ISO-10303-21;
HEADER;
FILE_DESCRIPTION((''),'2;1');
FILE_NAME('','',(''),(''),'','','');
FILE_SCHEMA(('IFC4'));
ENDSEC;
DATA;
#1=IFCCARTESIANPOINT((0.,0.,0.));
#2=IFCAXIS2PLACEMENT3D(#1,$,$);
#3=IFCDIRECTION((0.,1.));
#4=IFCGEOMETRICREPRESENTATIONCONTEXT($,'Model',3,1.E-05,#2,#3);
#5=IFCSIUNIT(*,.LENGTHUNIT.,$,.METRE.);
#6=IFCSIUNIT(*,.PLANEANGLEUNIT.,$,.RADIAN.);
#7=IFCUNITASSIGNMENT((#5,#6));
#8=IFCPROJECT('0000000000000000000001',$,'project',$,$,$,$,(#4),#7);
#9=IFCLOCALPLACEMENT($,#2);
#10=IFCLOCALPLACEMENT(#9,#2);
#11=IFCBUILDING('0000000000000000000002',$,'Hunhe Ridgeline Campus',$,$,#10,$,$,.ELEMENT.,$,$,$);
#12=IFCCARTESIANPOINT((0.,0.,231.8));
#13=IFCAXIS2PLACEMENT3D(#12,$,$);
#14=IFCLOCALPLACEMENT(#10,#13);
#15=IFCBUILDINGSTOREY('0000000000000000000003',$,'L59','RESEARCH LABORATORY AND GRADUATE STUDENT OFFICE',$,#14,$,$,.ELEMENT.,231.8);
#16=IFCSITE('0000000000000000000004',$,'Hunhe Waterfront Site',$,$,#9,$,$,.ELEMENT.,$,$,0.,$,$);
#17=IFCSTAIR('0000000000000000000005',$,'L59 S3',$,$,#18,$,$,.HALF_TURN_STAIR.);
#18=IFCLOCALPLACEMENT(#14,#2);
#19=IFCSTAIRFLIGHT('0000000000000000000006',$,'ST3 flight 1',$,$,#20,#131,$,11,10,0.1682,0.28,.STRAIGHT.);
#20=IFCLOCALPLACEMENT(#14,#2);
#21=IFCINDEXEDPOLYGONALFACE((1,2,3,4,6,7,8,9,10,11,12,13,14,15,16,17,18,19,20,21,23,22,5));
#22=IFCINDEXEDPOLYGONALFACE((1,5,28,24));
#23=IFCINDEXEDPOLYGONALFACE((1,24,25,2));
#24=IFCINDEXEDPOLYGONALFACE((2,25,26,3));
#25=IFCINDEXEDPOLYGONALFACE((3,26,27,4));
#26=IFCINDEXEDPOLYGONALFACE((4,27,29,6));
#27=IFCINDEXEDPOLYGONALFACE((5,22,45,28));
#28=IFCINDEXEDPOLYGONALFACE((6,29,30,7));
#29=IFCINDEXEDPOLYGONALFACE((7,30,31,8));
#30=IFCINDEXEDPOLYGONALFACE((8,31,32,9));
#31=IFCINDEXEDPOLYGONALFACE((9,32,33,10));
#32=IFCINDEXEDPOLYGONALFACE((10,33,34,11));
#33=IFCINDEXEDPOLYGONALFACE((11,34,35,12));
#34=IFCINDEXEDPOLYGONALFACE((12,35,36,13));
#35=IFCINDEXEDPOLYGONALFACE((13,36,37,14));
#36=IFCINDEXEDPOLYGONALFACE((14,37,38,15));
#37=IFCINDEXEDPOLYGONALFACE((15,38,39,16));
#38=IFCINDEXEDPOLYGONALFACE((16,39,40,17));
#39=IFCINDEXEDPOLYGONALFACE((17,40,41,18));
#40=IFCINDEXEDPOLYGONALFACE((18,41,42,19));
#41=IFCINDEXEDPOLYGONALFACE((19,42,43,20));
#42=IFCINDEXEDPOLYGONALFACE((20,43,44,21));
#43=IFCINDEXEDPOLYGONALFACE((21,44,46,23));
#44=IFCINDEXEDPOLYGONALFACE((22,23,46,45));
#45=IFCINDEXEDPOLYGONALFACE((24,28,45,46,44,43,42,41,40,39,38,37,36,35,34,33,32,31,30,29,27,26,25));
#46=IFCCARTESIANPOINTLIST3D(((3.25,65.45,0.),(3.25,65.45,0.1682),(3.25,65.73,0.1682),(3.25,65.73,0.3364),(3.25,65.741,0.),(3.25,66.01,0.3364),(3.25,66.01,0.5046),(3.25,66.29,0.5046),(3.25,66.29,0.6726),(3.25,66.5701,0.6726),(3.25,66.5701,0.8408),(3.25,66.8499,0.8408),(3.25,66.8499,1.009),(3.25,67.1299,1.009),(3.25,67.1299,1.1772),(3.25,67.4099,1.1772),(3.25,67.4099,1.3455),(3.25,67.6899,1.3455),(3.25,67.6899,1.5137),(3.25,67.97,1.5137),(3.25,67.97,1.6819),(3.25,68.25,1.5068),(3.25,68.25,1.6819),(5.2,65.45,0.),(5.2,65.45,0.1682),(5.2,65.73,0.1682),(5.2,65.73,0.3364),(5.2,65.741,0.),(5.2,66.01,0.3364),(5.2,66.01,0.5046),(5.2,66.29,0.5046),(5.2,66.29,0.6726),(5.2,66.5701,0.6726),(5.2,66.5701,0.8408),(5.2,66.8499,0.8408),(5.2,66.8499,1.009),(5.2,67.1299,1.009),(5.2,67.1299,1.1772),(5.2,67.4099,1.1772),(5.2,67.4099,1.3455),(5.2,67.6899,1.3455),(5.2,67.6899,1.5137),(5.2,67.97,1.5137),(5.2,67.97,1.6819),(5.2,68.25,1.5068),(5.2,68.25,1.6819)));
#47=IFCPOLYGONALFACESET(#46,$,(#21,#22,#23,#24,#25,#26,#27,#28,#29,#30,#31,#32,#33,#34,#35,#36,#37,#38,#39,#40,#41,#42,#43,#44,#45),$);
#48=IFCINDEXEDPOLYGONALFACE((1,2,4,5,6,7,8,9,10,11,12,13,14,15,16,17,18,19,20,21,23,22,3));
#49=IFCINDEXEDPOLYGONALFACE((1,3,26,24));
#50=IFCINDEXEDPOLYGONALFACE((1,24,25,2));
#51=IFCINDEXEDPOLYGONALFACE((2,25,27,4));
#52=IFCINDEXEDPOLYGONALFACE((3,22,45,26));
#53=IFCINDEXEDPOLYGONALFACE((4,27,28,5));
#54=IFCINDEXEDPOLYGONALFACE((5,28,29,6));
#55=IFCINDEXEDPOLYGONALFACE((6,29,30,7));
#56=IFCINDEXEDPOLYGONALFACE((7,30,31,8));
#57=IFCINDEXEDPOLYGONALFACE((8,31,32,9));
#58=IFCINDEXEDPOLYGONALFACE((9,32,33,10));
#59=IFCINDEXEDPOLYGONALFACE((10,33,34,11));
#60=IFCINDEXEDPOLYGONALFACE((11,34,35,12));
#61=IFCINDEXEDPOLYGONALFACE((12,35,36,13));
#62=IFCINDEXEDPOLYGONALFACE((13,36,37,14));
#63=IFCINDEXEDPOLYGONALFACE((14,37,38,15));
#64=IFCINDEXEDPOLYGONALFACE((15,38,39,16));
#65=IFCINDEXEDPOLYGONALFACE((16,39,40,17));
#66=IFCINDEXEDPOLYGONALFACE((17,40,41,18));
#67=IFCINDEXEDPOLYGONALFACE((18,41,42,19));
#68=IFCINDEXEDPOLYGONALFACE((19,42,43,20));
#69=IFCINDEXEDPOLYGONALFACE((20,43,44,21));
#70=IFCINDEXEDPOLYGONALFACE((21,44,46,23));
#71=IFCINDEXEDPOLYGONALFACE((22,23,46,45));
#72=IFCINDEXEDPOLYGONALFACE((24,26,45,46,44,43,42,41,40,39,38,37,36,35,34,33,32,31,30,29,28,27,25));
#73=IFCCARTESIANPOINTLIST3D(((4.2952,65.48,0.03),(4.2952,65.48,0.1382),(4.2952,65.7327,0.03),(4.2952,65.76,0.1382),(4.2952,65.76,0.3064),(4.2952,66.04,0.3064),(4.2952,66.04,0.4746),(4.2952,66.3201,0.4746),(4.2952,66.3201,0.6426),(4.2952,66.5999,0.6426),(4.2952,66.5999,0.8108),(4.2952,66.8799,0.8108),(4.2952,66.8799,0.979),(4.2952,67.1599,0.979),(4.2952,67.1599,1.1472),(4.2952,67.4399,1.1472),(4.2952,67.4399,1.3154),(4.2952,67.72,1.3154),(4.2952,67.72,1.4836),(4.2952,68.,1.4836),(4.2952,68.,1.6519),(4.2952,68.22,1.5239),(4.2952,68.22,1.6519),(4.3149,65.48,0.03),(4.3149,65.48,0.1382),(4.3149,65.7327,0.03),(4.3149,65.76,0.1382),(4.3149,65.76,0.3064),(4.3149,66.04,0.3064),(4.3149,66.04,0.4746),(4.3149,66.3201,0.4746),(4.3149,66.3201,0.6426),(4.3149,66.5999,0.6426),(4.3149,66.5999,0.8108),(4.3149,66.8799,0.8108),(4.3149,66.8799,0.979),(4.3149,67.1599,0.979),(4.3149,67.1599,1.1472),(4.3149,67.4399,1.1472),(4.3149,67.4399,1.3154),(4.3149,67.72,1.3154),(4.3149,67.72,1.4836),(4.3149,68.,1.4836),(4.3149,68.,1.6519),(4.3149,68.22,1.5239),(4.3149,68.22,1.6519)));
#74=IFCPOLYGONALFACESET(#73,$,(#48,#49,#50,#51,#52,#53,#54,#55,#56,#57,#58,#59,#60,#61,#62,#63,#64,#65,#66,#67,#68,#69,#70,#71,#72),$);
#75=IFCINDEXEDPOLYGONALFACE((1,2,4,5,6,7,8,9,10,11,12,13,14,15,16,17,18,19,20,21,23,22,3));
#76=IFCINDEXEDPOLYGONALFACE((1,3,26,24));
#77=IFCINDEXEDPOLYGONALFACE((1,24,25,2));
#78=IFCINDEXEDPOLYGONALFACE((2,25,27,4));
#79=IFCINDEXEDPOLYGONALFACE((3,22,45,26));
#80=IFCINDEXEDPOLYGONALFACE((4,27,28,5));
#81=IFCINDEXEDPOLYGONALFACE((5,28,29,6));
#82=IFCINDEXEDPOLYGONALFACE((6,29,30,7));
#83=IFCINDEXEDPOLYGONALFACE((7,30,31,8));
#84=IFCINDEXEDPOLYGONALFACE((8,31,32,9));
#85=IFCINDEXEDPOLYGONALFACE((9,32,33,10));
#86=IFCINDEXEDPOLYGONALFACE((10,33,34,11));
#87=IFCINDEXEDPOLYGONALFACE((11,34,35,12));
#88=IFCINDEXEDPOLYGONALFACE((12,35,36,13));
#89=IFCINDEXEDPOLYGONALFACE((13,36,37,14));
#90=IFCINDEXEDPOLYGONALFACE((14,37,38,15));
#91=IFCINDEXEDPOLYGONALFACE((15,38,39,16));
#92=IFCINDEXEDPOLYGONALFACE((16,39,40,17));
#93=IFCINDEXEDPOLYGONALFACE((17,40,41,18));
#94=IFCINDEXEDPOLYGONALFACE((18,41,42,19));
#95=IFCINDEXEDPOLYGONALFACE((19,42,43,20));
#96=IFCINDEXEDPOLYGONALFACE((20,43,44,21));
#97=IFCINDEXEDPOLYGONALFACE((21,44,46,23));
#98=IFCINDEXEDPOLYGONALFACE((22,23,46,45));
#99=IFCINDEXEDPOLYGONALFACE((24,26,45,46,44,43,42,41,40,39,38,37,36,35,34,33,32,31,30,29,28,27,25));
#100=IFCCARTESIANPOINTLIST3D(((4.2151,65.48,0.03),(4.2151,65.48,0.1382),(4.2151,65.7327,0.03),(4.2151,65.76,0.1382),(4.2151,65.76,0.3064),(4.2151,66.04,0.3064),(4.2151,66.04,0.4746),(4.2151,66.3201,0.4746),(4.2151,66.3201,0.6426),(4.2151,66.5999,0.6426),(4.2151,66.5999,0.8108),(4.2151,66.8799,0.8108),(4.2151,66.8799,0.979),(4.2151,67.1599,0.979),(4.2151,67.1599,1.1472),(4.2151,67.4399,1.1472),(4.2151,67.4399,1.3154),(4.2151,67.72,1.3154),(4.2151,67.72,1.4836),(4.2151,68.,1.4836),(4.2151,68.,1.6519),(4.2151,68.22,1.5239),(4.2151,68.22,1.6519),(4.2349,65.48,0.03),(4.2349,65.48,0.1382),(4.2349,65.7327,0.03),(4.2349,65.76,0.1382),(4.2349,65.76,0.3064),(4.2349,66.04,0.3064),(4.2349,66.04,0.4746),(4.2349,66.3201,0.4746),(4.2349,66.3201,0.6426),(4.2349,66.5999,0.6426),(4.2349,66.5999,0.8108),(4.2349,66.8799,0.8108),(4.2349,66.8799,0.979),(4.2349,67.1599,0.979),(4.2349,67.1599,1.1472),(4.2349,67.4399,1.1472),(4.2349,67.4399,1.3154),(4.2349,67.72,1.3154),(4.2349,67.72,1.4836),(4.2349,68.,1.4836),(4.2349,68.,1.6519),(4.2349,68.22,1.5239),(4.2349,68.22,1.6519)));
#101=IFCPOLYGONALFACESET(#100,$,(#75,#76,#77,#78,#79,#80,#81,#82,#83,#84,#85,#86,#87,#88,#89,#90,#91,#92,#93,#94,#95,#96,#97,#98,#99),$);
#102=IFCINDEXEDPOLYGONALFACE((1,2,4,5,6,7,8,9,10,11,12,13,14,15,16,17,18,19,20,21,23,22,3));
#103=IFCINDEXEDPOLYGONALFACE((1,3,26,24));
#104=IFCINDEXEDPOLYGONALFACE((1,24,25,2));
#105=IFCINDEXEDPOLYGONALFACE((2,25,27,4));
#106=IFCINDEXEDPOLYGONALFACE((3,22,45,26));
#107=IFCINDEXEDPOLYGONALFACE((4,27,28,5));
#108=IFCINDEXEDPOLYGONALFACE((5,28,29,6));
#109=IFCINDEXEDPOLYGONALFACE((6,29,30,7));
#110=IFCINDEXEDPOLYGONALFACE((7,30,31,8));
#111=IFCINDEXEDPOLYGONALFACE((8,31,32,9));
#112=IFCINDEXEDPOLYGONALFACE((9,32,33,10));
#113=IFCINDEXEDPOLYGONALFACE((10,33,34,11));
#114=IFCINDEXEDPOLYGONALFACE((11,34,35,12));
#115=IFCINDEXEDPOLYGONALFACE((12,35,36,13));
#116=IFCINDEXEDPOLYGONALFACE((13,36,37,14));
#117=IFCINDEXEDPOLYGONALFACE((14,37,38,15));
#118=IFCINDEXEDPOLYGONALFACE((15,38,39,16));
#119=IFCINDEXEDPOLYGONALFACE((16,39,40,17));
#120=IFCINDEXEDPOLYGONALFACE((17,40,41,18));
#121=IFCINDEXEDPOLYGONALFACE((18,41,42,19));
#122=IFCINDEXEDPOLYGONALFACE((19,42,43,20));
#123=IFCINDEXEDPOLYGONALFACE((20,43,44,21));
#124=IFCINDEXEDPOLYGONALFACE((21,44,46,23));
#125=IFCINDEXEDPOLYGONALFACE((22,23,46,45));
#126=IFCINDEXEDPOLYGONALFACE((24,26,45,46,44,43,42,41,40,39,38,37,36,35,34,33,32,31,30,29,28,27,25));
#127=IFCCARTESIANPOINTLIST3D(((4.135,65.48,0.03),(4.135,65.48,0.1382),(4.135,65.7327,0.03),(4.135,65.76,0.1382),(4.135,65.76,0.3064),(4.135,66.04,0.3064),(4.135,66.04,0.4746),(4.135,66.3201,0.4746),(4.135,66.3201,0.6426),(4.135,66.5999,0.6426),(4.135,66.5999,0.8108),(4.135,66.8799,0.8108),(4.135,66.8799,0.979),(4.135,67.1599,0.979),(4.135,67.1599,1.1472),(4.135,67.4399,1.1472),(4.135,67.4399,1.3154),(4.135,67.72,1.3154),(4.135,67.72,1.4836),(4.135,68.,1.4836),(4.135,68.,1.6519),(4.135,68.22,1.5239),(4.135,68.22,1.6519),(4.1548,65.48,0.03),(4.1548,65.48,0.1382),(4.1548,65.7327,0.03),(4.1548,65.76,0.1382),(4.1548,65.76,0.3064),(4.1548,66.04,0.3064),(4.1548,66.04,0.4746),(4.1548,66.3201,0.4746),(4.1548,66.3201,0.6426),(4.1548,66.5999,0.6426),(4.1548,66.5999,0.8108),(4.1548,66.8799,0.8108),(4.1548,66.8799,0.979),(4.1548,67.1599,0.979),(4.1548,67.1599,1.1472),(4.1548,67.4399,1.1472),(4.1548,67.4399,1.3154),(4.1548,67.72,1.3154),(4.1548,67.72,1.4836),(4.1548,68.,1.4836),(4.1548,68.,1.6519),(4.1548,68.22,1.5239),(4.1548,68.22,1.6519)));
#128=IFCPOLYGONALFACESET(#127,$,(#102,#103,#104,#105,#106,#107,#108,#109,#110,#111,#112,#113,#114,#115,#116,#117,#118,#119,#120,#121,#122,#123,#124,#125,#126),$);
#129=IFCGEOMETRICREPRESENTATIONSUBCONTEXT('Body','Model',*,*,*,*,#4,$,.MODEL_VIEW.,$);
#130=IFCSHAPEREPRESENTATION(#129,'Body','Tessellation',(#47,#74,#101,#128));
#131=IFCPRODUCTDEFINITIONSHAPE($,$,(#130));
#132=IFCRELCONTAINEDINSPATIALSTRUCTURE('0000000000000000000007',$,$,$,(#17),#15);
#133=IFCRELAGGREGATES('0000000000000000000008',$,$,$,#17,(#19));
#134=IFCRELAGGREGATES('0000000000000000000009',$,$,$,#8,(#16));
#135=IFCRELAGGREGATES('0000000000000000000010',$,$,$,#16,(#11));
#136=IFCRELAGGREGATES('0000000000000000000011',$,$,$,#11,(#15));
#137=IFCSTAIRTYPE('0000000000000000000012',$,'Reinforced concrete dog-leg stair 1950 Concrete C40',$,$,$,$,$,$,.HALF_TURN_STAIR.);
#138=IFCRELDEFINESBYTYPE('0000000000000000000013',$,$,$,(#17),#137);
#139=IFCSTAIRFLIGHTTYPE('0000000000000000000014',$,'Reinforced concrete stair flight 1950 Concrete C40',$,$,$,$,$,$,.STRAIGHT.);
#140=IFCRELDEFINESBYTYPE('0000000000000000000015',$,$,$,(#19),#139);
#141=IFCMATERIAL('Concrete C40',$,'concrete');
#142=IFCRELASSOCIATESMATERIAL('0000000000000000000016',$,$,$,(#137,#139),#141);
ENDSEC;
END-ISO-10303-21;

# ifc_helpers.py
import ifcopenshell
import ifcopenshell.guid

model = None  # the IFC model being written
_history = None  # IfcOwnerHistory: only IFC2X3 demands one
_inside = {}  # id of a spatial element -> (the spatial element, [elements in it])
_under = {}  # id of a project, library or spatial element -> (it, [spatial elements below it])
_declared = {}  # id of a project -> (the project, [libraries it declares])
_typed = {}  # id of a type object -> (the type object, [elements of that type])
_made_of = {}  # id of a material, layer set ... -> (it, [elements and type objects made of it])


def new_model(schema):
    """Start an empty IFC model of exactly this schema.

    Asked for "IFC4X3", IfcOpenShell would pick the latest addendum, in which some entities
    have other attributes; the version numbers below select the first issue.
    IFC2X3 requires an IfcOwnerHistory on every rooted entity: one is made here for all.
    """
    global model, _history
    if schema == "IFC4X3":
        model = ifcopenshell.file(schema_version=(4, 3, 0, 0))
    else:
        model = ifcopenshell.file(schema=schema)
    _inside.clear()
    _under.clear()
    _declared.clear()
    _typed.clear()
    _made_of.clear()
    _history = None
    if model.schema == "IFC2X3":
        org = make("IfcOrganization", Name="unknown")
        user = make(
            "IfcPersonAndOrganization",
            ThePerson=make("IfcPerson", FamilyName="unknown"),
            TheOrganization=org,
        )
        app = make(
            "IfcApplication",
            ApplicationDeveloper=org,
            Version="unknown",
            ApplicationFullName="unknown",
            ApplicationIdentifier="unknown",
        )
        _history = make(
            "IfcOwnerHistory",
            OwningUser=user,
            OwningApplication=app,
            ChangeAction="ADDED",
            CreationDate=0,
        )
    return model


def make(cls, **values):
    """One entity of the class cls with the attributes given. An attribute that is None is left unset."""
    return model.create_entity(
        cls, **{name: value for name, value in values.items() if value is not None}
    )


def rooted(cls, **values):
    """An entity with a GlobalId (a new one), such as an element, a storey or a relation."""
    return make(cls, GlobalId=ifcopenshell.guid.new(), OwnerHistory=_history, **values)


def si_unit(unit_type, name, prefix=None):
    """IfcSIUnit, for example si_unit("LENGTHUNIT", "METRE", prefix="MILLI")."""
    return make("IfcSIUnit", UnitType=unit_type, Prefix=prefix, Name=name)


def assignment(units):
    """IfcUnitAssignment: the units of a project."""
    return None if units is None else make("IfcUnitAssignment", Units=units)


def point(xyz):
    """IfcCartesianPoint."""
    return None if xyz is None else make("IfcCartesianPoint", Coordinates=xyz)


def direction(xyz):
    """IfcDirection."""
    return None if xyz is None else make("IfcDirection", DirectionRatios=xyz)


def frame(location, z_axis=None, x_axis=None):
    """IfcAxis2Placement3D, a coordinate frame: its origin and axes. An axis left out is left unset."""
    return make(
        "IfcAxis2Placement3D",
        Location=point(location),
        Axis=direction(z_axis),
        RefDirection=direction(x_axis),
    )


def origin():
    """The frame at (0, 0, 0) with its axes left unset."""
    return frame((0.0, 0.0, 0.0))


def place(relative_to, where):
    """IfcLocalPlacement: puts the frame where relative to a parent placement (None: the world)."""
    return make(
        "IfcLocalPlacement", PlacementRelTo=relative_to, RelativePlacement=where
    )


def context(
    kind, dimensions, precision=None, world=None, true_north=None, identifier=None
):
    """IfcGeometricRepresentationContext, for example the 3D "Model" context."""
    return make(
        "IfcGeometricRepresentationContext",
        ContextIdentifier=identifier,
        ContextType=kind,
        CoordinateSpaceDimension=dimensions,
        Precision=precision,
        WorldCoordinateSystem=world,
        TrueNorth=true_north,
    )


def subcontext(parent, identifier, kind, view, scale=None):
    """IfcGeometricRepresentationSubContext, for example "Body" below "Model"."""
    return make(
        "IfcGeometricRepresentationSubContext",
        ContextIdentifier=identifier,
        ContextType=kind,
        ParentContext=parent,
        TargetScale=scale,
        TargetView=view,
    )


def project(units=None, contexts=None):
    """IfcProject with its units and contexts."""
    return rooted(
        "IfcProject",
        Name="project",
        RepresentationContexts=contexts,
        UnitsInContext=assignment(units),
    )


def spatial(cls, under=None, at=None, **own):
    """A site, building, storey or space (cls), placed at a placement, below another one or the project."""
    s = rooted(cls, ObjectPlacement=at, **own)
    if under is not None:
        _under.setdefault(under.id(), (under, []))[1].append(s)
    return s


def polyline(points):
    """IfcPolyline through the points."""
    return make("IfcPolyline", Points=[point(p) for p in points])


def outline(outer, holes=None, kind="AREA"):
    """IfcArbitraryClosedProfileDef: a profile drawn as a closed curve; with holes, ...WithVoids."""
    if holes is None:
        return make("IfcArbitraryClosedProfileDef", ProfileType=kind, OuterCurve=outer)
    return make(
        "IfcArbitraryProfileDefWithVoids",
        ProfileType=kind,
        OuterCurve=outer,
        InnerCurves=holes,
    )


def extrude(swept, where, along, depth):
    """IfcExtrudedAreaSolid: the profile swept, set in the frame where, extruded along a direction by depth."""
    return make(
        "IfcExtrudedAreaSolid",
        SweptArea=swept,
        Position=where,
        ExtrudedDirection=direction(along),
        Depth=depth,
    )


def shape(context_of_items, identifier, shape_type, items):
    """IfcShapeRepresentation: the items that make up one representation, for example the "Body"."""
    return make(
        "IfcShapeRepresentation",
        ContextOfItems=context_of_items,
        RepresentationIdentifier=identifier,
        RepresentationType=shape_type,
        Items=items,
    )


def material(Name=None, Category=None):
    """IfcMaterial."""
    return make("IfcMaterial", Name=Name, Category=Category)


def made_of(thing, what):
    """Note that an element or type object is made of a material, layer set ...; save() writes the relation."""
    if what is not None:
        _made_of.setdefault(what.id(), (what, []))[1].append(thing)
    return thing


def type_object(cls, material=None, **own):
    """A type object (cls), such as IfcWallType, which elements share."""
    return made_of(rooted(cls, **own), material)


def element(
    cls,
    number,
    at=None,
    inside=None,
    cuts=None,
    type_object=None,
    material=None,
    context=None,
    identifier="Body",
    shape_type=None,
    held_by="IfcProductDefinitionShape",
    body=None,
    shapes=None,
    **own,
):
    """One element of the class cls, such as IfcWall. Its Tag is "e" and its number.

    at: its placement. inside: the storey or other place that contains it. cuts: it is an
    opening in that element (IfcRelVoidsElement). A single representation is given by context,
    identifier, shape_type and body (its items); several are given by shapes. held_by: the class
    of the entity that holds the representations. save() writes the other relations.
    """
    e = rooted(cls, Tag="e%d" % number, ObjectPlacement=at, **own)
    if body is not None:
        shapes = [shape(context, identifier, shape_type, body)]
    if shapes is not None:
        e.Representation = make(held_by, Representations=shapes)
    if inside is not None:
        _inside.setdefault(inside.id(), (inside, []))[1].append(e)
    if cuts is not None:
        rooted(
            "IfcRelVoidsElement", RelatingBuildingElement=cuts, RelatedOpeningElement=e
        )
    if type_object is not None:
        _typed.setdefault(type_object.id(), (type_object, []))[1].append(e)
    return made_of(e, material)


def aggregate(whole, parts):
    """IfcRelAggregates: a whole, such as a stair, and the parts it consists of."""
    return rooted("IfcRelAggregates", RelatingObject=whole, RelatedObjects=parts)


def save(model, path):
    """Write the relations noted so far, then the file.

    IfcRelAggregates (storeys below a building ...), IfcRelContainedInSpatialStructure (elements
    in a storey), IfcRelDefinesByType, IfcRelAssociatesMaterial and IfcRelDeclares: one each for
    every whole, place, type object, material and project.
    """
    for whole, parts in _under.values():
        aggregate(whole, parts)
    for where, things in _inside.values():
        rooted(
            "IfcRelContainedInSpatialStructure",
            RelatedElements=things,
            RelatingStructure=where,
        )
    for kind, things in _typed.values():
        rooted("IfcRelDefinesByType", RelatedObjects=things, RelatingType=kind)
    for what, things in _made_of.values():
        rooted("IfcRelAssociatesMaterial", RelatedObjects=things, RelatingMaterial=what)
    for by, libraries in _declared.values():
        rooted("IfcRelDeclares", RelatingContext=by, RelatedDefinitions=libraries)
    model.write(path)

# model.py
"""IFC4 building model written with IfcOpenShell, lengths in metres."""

from ifc_helpers import new_model, si_unit, direction, frame, origin, place, context, subcontext, project, spatial, polyline, outline, extrude, material, type_object, element, aggregate, save


model = new_model("IFC4")

# Units and contexts
model_context = context("Model", 3, precision=1e-05, world=origin(), true_north=direction((0.0, 1.0)))
body_context = subcontext(model_context, "Body", "Model", "MODEL_VIEW")
ifc_project = project(units=[si_unit("LENGTHUNIT", "METRE"), si_unit("PLANEANGLEUNIT", "RADIAN")], contexts=[model_context])

# Site, building, storey
site_placement = place(None, origin())
site = spatial("IfcSite", under=ifc_project, at=site_placement, Name="Hunhe Waterfront Site", CompositionType="ELEMENT", RefElevation=0.0)
building_placement = place(site_placement, origin())
building = spatial("IfcBuilding", under=site, at=building_placement, Name="Hunhe Ridgeline Campus", CompositionType="ELEMENT")
storey_placement = place(building_placement, frame((0.0, 0.0, 231.8)))
storey = spatial("IfcBuildingStorey", under=building, at=storey_placement, Name="L59", Description="RESEARCH LABORATORY AND GRADUATE STUDENT OFFICE", CompositionType="ELEMENT", Elevation=231.8)

# Stair, stair flight
ifc_material_1 = material(Name="Concrete C40", Category="concrete")
stair_type = type_object("IfcStairType", Name="Reinforced concrete dog-leg stair 1950 Concrete C40", PredefinedType="HALF_TURN_STAIR", material=ifc_material_1)
stair_1_placement = place(storey_placement, origin())
stair_1 = element("IfcStair", 1, at=stair_1_placement, inside=storey, type_object=stair_type, Name="L59 S3", PredefinedType="HALF_TURN_STAIR")
stair_flight_type = type_object("IfcStairFlightType", Name="Reinforced concrete stair flight 1950 Concrete C40", PredefinedType="STRAIGHT", material=ifc_material_1)
stair_flight_1_placement = place(storey_placement, frame((4.2251, 65.45, 0.0), z_axis=(0.0, 0.0, 1.0), x_axis=(0.0, 1.0, 0.0)))
stair_flight_1 = element("IfcStairFlight", 2, at=stair_flight_1_placement, type_object=stair_flight_type, Name="ST3 flight 1", NumberOfRisers=11, NumberOfTreads=10, PredefinedType="STRAIGHT", RiserHeight=0.1682, TreadLength=0.28, context=body_context, shape_type="SweptSolid", body=[
    extrude(outline(polyline([(0.0, 0.0), (0.0, 0.1682), (0.28, 0.1682), (0.28, 0.3364), (0.5601, 0.3364), (0.5601, 0.5046), (0.8401, 0.5046), (0.8401, 0.6726), (1.1201, 0.6726), (1.1201, 0.8408), (1.3999, 0.8408), (1.3999, 1.009), (1.6799, 1.009), (1.6799, 1.1772), (1.96, 1.1772), (1.96, 1.3455), (2.24, 1.3455), (2.24, 1.5137), (2.52, 1.5137), (2.52, 1.6819), (2.8, 1.6819), (2.8, 1.8501), (2.8, 1.5068), (0.291, 0.0), (0.0, 0.0)])), frame((0.0, 0.9751, 0.0), z_axis=(0.0, -1.0, 0.0), x_axis=(1.0, 0.0, 0.0)), (0.0, 0.0, 1.0), 1.95),
    extrude(outline(polyline([(0.03, 0.03), (0.03, 0.1382), (0.3101, 0.1382), (0.3101, 0.3064), (0.5901, 0.3064), (0.5901, 0.4746), (0.8701, 0.4746), (0.8701, 0.6426), (1.1499, 0.6426), (1.1499, 0.8108), (1.4299, 0.8108), (1.4299, 0.979), (1.71, 0.979), (1.71, 1.1472), (1.99, 1.1472), (1.99, 1.3154), (2.27, 1.3154), (2.27, 1.4836), (2.55, 1.4836), (2.55, 1.6519), (2.77, 1.6519), (2.77, 1.5239), (0.2827, 0.03), (0.03, 0.03)])), frame((0.0, -0.0701, 0.0), z_axis=(0.0, -1.0, 0.0), x_axis=(1.0, 0.0, 0.0)), (0.0, 0.0, 1.0), 0.0198),
    extrude(outline(polyline([(0.03, 0.03), (0.03, 0.1382), (0.3101, 0.1382), (0.3101, 0.3064), (0.5901, 0.3064), (0.5901, 0.4746), (0.8701, 0.4746), (0.8701, 0.6426), (1.1499, 0.6426), (1.1499, 0.8108), (1.4299, 0.8108), (1.4299, 0.979), (1.71, 0.979), (1.71, 1.1472), (1.99, 1.1472), (1.99, 1.3154), (2.27, 1.3154), (2.27, 1.4836), (2.55, 1.4836), (2.55, 1.6519), (2.77, 1.6519), (2.77, 1.5239), (0.2827, 0.03), (0.03, 0.03)])), frame((0.0, 0.01, 0.0), z_axis=(0.0, -1.0, 0.0), x_axis=(1.0, 0.0, 0.0)), (0.0, 0.0, 1.0), 0.0198),
    extrude(outline(polyline([(0.03, 0.03), (0.03, 0.1382), (0.3101, 0.1382), (0.3101, 0.3064), (0.5901, 0.3064), (0.5901, 0.4746), (0.8701, 0.4746), (0.8701, 0.6426), (1.1499, 0.6426), (1.1499, 0.8108), (1.4299, 0.8108), (1.4299, 0.979), (1.71, 0.979), (1.71, 1.1472), (1.99, 1.1472), (1.99, 1.3154), (2.27, 1.3154), (2.27, 1.4836), (2.55, 1.4836), (2.55, 1.6519), (2.77, 1.6519), (2.77, 1.5239), (0.2827, 0.03), (0.03, 0.03)])), frame((0.0, 0.0901, 0.0), z_axis=(0.0, -1.0, 0.0), x_axis=(1.0, 0.0, 0.0)), (0.0, 0.0, 1.0), 0.0198),
])
aggregate(stair_1, [stair_flight_1])

save(model, "model.ifc")
